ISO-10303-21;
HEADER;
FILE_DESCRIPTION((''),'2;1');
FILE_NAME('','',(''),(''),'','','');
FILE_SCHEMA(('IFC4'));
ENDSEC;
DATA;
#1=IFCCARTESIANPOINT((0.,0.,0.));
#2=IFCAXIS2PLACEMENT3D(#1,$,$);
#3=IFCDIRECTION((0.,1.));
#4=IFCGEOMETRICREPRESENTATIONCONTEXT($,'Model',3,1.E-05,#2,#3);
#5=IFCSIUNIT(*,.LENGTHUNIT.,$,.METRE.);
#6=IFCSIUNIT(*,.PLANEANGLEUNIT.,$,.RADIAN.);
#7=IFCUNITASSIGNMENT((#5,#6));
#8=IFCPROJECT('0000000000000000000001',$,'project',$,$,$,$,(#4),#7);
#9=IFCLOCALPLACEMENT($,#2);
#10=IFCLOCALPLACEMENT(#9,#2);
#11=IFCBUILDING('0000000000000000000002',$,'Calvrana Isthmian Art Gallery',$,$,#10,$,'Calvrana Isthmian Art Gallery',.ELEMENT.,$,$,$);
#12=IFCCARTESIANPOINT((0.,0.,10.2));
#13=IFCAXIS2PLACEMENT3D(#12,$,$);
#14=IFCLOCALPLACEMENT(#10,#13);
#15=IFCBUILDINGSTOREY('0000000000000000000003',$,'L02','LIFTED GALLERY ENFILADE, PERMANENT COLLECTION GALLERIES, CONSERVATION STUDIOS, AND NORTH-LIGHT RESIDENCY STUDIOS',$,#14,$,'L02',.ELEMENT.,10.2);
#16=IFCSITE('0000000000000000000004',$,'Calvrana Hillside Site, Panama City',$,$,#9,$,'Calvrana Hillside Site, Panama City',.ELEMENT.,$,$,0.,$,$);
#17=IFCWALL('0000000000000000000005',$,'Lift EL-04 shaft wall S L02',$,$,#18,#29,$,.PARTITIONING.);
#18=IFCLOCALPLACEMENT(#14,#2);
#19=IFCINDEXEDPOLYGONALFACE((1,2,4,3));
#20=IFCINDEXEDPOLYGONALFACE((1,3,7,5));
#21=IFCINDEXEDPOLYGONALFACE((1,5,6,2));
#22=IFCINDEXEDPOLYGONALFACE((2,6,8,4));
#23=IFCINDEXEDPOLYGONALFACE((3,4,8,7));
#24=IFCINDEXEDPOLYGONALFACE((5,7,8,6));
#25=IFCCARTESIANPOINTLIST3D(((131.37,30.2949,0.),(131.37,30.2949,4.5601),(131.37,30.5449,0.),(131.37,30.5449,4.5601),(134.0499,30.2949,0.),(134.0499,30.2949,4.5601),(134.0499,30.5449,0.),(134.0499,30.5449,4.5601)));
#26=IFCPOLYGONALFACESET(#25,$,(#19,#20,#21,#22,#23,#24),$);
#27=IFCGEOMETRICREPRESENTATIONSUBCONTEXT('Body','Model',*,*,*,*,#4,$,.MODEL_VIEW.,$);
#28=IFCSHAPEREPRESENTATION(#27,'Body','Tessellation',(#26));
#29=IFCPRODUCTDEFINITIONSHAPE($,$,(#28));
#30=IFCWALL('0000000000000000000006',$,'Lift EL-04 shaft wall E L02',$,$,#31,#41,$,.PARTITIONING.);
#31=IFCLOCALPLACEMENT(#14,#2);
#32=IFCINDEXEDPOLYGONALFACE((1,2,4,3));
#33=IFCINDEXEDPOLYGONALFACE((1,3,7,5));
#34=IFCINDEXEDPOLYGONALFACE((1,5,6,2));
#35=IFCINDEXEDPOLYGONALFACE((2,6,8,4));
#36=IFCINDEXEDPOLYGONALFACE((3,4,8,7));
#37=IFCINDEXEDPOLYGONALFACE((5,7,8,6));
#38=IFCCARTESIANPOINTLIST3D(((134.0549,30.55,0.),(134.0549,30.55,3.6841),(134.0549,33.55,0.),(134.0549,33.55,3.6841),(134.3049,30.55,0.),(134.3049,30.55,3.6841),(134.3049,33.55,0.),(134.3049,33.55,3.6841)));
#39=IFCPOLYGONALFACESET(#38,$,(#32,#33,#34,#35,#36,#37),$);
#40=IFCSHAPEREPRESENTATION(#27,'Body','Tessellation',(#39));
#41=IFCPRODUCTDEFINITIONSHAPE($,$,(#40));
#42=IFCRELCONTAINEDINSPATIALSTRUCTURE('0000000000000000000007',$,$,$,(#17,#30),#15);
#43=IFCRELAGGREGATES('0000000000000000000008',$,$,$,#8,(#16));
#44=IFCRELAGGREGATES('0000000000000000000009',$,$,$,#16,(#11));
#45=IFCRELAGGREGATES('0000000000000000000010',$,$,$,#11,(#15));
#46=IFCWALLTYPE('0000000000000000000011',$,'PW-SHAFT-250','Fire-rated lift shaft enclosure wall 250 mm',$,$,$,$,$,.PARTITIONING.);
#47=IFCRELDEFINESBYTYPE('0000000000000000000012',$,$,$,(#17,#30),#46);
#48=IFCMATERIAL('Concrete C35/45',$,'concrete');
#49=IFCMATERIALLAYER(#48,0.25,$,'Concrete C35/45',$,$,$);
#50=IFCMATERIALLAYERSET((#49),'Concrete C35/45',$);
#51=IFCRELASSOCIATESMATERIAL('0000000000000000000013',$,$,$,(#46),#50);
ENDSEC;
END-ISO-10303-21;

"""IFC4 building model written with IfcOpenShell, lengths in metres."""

from ifc_helpers import new_model, si_unit, direction, frame, frame_2d, origin, place, context, subcontext, project, spatial, rectangle, extrude, material, layer, layer_set, type_object, element, save


model = new_model("IFC4")

# Units and contexts
model_context = context("Model", 3, precision=1e-05, world=origin(), true_north=direction((0.0, 1.0)))
body_context = subcontext(model_context, "Body", "Model", "MODEL_VIEW")
ifc_project = project(units=[si_unit("LENGTHUNIT", "METRE"), si_unit("PLANEANGLEUNIT", "RADIAN")], contexts=[model_context])

# Site, building, storey
site_placement = place(None, origin())
site = spatial("IfcSite", under=ifc_project, at=site_placement, Name="Calvrana Hillside Site, Panama City", LongName="Calvrana Hillside Site, Panama City", CompositionType="ELEMENT", RefElevation=0.0)
building_placement = place(site_placement, origin())
building = spatial("IfcBuilding", under=site, at=building_placement, Name="Calvrana Isthmian Art Gallery", LongName="Calvrana Isthmian Art Gallery", CompositionType="ELEMENT")
storey_placement = place(building_placement, frame((0.0, 0.0, 10.2)))
storey = spatial("IfcBuildingStorey", under=building, at=storey_placement, Name="L02", Description="LIFTED GALLERY ENFILADE, PERMANENT COLLECTION GALLERIES, CONSERVATION STUDIOS, AND NORTH-LIGHT RESIDENCY STUDIOS", LongName="L02", CompositionType="ELEMENT", Elevation=10.2)

# Walls
ifc_material_1 = material(Name="Concrete C35/45", Category="concrete")
ifc_layer_1 = layer(ifc_material_1, 0.25, Name="Concrete C35/45")
ifc_layer_set_1 = layer_set([ifc_layer_1], Name="Concrete C35/45")
wall_type_1 = type_object("IfcWallType", Name="PW-SHAFT-250", Description="Fire-rated lift shaft enclosure wall 250 mm", PredefinedType="PARTITIONING", material=ifc_layer_set_1)
wall_1_placement = place(storey_placement, frame((131.3701, 30.4199, 0.0), z_axis=(0.0, 0.0, 1.0), x_axis=(1.0, 0.0, 0.0)))
element("IfcWall", 1, at=wall_1_placement, inside=storey, type_object=wall_type_1, Name="Lift EL-04 shaft wall S L02", PredefinedType="PARTITIONING", context=body_context, shape_type="SweptSolid", body=[
    extrude(rectangle(XDim=2.6799, YDim=0.25, at=frame_2d((1.3398, 0.0))), origin(), (0.0, 0.0, 1.0), 4.5601),
])
wall_2_placement = place(storey_placement, frame((134.1799, 30.55, 0.0), z_axis=(0.0, 0.0, 1.0), x_axis=(0.0, 1.0, 0.0)))
element("IfcWall", 2, at=wall_2_placement, inside=storey, type_object=wall_type_1, Name="Lift EL-04 shaft wall E L02", PredefinedType="PARTITIONING", context=body_context, shape_type="SweptSolid", body=[
    extrude(rectangle(XDim=3.0, YDim=0.25, at=frame_2d((1.5, 0.0))), origin(), (0.0, 0.0, 1.0), 3.6841),
])

save(model, "model.ifc")
